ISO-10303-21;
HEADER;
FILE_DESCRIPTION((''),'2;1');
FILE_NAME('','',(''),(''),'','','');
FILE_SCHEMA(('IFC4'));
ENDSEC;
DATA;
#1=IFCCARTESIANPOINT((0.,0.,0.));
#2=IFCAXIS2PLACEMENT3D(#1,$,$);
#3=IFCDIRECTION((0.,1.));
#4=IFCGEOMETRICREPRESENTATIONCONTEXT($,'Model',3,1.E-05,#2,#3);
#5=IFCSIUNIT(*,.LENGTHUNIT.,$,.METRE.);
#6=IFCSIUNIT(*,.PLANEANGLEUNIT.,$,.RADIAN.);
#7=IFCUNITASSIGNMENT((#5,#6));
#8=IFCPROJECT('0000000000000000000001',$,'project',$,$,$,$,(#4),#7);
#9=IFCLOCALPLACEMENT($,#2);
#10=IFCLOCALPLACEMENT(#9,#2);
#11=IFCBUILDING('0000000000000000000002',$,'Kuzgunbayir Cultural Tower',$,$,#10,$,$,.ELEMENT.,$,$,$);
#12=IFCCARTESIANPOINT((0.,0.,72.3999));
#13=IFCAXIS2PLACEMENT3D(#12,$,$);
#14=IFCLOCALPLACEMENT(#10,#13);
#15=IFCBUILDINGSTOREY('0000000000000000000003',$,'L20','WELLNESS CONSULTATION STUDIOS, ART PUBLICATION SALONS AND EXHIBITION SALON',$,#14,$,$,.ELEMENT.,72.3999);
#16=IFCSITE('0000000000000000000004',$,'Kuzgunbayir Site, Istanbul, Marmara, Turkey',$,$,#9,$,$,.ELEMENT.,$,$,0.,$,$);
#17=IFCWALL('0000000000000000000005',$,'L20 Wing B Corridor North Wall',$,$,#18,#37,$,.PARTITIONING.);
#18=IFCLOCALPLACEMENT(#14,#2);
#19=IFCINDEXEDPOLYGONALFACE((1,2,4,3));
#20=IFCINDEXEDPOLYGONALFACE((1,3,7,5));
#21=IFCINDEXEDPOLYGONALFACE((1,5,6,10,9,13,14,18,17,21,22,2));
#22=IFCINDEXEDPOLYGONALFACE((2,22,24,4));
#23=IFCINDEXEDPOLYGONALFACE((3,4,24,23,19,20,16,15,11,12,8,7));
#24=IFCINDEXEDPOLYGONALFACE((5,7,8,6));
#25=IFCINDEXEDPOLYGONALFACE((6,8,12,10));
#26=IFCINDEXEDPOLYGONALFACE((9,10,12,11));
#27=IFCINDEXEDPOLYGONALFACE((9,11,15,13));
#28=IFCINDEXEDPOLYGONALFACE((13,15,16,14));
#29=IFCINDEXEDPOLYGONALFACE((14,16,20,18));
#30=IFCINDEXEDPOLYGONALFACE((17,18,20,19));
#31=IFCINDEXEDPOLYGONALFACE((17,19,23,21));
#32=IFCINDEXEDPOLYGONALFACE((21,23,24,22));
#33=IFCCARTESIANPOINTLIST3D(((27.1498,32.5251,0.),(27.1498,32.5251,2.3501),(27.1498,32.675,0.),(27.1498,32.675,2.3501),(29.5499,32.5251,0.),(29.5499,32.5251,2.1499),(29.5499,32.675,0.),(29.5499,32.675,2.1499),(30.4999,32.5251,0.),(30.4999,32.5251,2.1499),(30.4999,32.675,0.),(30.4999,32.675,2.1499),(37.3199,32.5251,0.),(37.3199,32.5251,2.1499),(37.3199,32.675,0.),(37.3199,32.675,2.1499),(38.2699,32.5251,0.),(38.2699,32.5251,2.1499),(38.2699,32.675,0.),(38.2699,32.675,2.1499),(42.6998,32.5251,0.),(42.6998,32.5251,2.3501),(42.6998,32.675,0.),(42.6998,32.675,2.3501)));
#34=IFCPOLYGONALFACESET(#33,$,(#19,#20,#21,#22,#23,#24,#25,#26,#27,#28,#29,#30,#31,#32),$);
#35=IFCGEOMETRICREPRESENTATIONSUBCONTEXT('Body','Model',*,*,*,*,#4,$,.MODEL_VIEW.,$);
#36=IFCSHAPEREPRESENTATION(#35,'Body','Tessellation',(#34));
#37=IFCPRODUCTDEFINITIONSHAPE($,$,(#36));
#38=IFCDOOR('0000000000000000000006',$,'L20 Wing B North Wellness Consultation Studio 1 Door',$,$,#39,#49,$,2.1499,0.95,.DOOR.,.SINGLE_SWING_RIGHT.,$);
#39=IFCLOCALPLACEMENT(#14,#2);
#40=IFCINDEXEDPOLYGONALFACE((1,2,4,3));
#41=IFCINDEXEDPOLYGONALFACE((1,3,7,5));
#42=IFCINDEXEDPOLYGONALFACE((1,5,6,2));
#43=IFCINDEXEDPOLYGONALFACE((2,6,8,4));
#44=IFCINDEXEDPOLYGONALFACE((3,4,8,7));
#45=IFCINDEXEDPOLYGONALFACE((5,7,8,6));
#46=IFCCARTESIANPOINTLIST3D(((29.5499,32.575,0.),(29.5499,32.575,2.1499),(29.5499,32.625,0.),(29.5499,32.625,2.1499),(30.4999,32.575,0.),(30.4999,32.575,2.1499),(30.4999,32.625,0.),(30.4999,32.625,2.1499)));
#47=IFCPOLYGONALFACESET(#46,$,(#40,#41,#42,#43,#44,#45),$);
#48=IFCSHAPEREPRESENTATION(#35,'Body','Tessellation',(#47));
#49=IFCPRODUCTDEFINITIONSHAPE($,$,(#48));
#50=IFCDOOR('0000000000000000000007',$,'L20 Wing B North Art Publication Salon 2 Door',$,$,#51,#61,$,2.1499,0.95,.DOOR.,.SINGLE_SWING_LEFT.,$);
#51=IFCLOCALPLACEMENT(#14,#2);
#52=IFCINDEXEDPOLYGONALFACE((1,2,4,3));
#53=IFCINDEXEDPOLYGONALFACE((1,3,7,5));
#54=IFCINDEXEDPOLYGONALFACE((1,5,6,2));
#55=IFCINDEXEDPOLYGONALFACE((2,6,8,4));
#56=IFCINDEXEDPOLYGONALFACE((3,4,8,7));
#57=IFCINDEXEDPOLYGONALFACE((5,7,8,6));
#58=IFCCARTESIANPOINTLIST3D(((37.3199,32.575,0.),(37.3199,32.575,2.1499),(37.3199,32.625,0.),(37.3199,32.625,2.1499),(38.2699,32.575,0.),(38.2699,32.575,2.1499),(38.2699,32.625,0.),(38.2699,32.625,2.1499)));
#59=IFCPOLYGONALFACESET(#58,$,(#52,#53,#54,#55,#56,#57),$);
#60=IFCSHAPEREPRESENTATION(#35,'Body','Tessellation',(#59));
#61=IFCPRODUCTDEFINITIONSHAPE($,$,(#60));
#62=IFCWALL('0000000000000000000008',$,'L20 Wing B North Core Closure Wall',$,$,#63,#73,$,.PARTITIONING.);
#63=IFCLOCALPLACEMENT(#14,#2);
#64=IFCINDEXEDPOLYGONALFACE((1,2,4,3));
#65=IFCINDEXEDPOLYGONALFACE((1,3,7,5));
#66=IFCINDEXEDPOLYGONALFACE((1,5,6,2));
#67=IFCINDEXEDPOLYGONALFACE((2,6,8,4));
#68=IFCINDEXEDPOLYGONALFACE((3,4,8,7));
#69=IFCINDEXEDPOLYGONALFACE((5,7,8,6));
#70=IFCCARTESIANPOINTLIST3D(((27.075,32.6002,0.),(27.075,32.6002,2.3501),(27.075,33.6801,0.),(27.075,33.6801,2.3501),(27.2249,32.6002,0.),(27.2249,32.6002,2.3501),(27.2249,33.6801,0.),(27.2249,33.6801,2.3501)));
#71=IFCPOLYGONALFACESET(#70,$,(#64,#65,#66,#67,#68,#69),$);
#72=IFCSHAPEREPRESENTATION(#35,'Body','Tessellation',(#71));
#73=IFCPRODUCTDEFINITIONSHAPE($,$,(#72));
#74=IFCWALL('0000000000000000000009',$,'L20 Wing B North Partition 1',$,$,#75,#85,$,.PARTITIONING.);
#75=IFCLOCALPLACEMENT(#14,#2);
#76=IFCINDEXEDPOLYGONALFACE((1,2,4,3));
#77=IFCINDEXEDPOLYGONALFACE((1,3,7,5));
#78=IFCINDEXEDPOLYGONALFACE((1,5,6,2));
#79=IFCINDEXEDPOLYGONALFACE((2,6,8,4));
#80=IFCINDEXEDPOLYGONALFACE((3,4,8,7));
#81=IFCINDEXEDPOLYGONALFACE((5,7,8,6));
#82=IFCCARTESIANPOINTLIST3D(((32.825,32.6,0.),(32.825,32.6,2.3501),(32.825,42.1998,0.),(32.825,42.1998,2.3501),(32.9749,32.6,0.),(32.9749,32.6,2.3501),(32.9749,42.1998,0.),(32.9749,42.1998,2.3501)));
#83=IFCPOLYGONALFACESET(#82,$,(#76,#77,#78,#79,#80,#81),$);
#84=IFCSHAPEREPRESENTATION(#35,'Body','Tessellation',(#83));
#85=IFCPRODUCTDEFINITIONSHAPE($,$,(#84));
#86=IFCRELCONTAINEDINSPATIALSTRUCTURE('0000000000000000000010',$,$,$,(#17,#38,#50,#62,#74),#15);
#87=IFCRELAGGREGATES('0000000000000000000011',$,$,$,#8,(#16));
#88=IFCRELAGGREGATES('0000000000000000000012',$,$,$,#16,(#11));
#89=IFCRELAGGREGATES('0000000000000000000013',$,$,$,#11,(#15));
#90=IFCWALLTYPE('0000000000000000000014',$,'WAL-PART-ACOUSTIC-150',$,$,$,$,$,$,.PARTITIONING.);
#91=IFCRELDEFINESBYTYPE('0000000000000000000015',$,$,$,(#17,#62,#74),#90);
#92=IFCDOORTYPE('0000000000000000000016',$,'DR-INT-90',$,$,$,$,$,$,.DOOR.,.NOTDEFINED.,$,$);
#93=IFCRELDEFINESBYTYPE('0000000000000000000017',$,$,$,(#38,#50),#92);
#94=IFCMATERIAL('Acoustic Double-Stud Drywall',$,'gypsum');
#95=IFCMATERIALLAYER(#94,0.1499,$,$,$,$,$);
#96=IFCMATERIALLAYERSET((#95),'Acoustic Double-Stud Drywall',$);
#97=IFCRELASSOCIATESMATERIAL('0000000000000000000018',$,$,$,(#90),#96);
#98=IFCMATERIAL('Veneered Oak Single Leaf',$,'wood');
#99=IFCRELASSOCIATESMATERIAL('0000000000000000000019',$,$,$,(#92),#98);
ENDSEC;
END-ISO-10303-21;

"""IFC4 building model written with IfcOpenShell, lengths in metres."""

from ifc_helpers import new_model, si_unit, direction, frame, frame_2d, origin, place, context, subcontext, project, spatial, rectangle, extrude, material, layer, layer_set, type_object, element, fill, save


model = new_model("IFC4")

# Units and contexts
model_context = context("Model", 3, precision=1e-05, world=origin(), true_north=direction((0.0, 1.0)))
body_context = subcontext(model_context, "Body", "Model", "MODEL_VIEW")
ifc_project = project(units=[si_unit("LENGTHUNIT", "METRE"), si_unit("PLANEANGLEUNIT", "RADIAN")], contexts=[model_context])

# Site, building, storey
site_placement = place(None, origin())
site = spatial("IfcSite", under=ifc_project, at=site_placement, Name="Kuzgunbayir Site, Istanbul, Marmara, Turkey", CompositionType="ELEMENT", RefElevation=0.0)
building_placement = place(site_placement, origin())
building = spatial("IfcBuilding", under=site, at=building_placement, Name="Kuzgunbayir Cultural Tower", CompositionType="ELEMENT")
storey_placement = place(building_placement, frame((0.0, 0.0, 72.3999)))
storey = spatial("IfcBuildingStorey", under=building, at=storey_placement, Name="L20", Description="WELLNESS CONSULTATION STUDIOS, ART PUBLICATION SALONS AND EXHIBITION SALON", CompositionType="ELEMENT", Elevation=72.3999)

# Wall, openings, doors
ifc_material_1 = material(Name="Acoustic Double-Stud Drywall", Category="gypsum")
ifc_layer_1 = layer(ifc_material_1, 0.1499)
ifc_layer_set_1 = layer_set([ifc_layer_1], Name="Acoustic Double-Stud Drywall")
wall_type_1 = type_object("IfcWallType", Name="WAL-PART-ACOUSTIC-150", PredefinedType="PARTITIONING", material=ifc_layer_set_1)
ifc_material_2 = material(Name="Veneered Oak Single Leaf", Category="wood")
door_type = type_object("IfcDoorType", Name="DR-INT-90", OperationType="NOTDEFINED", PredefinedType="DOOR", material=ifc_material_2)
wall_1_placement = place(storey_placement, frame((27.1499, 32.6001, 0.0), z_axis=(0.0, 0.0, 1.0), x_axis=(1.0, 0.0, 0.0)))
wall_1 = element("IfcWall", 1, at=wall_1_placement, inside=storey, type_object=wall_type_1, Name="L20 Wing B Corridor North Wall", PredefinedType="PARTITIONING", context=body_context, shape_type="SweptSolid", body=[
    extrude(rectangle(XDim=15.55, YDim=0.1499, at=frame_2d((7.7749, 0.0))), origin(), (0.0, 0.0, 1.0), 2.3501),
])
opening_1_placement = place(wall_1_placement, frame((2.3999, 0.0, 0.0)))
opening_1 = element("IfcOpeningElement", 2, at=opening_1_placement, cuts=wall_1, PredefinedType="OPENING", context=body_context, shape_type="SweptSolid", body=[
    extrude(rectangle(XDim=0.95, YDim=2.1499, at=frame_2d((0.4751, 1.075))), frame((0.0, 0.085, 0.0), z_axis=(0.0, -1.0, 0.0), x_axis=(1.0, 0.0, 0.0)), (0.0, 0.0, 1.0), 0.1699),
])
opening_2_placement = place(wall_1_placement, frame((10.1699, 0.0, 0.0)))
opening_2 = element("IfcOpeningElement", 3, at=opening_2_placement, cuts=wall_1, PredefinedType="OPENING", context=body_context, shape_type="SweptSolid", body=[
    extrude(rectangle(XDim=0.95, YDim=2.1499, at=frame_2d((0.4751, 1.075))), frame((0.0, 0.085, 0.0), z_axis=(0.0, -1.0, 0.0), x_axis=(1.0, 0.0, 0.0)), (0.0, 0.0, 1.0), 0.1699),
])
door_1_placement = place(opening_1_placement, origin())
door_1 = element("IfcDoor", 4, at=door_1_placement, inside=storey, type_object=door_type, Name="L20 Wing B North Wellness Consultation Studio 1 Door", OperationType="SINGLE_SWING_RIGHT", OverallHeight=2.1499, OverallWidth=0.95, PredefinedType="DOOR", context=body_context, shape_type="SweptSolid", body=[
    extrude(rectangle(XDim=0.95, YDim=2.1499, at=frame_2d((0.4751, 1.075))), frame((0.0, 0.0249, 0.0), z_axis=(0.0, -1.0, 0.0), x_axis=(1.0, 0.0, 0.0)), (0.0, 0.0, 1.0), 0.05),
])
fill(opening_1, door_1)
door_2_placement = place(opening_2_placement, origin())
door_2 = element("IfcDoor", 5, at=door_2_placement, inside=storey, type_object=door_type, Name="L20 Wing B North Art Publication Salon 2 Door", OperationType="SINGLE_SWING_LEFT", OverallHeight=2.1499, OverallWidth=0.95, PredefinedType="DOOR", context=body_context, shape_type="SweptSolid", body=[
    extrude(rectangle(XDim=0.95, YDim=2.1499, at=frame_2d((0.4751, 1.075))), frame((0.0, 0.0249, 0.0), z_axis=(0.0, -1.0, 0.0), x_axis=(1.0, 0.0, 0.0)), (0.0, 0.0, 1.0), 0.05),
])
fill(opening_2, door_2)

# Walls
wall_2_placement = place(storey_placement, frame((27.1499, 32.6001, 0.0), z_axis=(0.0, 0.0, 1.0), x_axis=(0.0, 1.0, 0.0)))
element("IfcWall", 6, at=wall_2_placement, inside=storey, type_object=wall_type_1, Name="L20 Wing B North Core Closure Wall", PredefinedType="PARTITIONING", context=body_context, shape_type="SweptSolid", body=[
    extrude(rectangle(XDim=1.0798, YDim=0.1499, at=frame_2d((0.54, 0.0))), origin(), (0.0, 0.0, 1.0), 2.3501),
])
wall_3_placement = place(storey_placement, frame((32.8999, 32.6001, 0.0), z_axis=(0.0, 0.0, 1.0), x_axis=(0.0, 1.0, 0.0)))
element("IfcWall", 7, at=wall_3_placement, inside=storey, type_object=wall_type_1, Name="L20 Wing B North Partition 1", PredefinedType="PARTITIONING", context=body_context, shape_type="SweptSolid", body=[
    extrude(rectangle(XDim=9.5999, YDim=0.1499, at=frame_2d((4.7998, 0.0))), origin(), (0.0, 0.0, 1.0), 2.3501),
])

save(model, "model.ifc")
